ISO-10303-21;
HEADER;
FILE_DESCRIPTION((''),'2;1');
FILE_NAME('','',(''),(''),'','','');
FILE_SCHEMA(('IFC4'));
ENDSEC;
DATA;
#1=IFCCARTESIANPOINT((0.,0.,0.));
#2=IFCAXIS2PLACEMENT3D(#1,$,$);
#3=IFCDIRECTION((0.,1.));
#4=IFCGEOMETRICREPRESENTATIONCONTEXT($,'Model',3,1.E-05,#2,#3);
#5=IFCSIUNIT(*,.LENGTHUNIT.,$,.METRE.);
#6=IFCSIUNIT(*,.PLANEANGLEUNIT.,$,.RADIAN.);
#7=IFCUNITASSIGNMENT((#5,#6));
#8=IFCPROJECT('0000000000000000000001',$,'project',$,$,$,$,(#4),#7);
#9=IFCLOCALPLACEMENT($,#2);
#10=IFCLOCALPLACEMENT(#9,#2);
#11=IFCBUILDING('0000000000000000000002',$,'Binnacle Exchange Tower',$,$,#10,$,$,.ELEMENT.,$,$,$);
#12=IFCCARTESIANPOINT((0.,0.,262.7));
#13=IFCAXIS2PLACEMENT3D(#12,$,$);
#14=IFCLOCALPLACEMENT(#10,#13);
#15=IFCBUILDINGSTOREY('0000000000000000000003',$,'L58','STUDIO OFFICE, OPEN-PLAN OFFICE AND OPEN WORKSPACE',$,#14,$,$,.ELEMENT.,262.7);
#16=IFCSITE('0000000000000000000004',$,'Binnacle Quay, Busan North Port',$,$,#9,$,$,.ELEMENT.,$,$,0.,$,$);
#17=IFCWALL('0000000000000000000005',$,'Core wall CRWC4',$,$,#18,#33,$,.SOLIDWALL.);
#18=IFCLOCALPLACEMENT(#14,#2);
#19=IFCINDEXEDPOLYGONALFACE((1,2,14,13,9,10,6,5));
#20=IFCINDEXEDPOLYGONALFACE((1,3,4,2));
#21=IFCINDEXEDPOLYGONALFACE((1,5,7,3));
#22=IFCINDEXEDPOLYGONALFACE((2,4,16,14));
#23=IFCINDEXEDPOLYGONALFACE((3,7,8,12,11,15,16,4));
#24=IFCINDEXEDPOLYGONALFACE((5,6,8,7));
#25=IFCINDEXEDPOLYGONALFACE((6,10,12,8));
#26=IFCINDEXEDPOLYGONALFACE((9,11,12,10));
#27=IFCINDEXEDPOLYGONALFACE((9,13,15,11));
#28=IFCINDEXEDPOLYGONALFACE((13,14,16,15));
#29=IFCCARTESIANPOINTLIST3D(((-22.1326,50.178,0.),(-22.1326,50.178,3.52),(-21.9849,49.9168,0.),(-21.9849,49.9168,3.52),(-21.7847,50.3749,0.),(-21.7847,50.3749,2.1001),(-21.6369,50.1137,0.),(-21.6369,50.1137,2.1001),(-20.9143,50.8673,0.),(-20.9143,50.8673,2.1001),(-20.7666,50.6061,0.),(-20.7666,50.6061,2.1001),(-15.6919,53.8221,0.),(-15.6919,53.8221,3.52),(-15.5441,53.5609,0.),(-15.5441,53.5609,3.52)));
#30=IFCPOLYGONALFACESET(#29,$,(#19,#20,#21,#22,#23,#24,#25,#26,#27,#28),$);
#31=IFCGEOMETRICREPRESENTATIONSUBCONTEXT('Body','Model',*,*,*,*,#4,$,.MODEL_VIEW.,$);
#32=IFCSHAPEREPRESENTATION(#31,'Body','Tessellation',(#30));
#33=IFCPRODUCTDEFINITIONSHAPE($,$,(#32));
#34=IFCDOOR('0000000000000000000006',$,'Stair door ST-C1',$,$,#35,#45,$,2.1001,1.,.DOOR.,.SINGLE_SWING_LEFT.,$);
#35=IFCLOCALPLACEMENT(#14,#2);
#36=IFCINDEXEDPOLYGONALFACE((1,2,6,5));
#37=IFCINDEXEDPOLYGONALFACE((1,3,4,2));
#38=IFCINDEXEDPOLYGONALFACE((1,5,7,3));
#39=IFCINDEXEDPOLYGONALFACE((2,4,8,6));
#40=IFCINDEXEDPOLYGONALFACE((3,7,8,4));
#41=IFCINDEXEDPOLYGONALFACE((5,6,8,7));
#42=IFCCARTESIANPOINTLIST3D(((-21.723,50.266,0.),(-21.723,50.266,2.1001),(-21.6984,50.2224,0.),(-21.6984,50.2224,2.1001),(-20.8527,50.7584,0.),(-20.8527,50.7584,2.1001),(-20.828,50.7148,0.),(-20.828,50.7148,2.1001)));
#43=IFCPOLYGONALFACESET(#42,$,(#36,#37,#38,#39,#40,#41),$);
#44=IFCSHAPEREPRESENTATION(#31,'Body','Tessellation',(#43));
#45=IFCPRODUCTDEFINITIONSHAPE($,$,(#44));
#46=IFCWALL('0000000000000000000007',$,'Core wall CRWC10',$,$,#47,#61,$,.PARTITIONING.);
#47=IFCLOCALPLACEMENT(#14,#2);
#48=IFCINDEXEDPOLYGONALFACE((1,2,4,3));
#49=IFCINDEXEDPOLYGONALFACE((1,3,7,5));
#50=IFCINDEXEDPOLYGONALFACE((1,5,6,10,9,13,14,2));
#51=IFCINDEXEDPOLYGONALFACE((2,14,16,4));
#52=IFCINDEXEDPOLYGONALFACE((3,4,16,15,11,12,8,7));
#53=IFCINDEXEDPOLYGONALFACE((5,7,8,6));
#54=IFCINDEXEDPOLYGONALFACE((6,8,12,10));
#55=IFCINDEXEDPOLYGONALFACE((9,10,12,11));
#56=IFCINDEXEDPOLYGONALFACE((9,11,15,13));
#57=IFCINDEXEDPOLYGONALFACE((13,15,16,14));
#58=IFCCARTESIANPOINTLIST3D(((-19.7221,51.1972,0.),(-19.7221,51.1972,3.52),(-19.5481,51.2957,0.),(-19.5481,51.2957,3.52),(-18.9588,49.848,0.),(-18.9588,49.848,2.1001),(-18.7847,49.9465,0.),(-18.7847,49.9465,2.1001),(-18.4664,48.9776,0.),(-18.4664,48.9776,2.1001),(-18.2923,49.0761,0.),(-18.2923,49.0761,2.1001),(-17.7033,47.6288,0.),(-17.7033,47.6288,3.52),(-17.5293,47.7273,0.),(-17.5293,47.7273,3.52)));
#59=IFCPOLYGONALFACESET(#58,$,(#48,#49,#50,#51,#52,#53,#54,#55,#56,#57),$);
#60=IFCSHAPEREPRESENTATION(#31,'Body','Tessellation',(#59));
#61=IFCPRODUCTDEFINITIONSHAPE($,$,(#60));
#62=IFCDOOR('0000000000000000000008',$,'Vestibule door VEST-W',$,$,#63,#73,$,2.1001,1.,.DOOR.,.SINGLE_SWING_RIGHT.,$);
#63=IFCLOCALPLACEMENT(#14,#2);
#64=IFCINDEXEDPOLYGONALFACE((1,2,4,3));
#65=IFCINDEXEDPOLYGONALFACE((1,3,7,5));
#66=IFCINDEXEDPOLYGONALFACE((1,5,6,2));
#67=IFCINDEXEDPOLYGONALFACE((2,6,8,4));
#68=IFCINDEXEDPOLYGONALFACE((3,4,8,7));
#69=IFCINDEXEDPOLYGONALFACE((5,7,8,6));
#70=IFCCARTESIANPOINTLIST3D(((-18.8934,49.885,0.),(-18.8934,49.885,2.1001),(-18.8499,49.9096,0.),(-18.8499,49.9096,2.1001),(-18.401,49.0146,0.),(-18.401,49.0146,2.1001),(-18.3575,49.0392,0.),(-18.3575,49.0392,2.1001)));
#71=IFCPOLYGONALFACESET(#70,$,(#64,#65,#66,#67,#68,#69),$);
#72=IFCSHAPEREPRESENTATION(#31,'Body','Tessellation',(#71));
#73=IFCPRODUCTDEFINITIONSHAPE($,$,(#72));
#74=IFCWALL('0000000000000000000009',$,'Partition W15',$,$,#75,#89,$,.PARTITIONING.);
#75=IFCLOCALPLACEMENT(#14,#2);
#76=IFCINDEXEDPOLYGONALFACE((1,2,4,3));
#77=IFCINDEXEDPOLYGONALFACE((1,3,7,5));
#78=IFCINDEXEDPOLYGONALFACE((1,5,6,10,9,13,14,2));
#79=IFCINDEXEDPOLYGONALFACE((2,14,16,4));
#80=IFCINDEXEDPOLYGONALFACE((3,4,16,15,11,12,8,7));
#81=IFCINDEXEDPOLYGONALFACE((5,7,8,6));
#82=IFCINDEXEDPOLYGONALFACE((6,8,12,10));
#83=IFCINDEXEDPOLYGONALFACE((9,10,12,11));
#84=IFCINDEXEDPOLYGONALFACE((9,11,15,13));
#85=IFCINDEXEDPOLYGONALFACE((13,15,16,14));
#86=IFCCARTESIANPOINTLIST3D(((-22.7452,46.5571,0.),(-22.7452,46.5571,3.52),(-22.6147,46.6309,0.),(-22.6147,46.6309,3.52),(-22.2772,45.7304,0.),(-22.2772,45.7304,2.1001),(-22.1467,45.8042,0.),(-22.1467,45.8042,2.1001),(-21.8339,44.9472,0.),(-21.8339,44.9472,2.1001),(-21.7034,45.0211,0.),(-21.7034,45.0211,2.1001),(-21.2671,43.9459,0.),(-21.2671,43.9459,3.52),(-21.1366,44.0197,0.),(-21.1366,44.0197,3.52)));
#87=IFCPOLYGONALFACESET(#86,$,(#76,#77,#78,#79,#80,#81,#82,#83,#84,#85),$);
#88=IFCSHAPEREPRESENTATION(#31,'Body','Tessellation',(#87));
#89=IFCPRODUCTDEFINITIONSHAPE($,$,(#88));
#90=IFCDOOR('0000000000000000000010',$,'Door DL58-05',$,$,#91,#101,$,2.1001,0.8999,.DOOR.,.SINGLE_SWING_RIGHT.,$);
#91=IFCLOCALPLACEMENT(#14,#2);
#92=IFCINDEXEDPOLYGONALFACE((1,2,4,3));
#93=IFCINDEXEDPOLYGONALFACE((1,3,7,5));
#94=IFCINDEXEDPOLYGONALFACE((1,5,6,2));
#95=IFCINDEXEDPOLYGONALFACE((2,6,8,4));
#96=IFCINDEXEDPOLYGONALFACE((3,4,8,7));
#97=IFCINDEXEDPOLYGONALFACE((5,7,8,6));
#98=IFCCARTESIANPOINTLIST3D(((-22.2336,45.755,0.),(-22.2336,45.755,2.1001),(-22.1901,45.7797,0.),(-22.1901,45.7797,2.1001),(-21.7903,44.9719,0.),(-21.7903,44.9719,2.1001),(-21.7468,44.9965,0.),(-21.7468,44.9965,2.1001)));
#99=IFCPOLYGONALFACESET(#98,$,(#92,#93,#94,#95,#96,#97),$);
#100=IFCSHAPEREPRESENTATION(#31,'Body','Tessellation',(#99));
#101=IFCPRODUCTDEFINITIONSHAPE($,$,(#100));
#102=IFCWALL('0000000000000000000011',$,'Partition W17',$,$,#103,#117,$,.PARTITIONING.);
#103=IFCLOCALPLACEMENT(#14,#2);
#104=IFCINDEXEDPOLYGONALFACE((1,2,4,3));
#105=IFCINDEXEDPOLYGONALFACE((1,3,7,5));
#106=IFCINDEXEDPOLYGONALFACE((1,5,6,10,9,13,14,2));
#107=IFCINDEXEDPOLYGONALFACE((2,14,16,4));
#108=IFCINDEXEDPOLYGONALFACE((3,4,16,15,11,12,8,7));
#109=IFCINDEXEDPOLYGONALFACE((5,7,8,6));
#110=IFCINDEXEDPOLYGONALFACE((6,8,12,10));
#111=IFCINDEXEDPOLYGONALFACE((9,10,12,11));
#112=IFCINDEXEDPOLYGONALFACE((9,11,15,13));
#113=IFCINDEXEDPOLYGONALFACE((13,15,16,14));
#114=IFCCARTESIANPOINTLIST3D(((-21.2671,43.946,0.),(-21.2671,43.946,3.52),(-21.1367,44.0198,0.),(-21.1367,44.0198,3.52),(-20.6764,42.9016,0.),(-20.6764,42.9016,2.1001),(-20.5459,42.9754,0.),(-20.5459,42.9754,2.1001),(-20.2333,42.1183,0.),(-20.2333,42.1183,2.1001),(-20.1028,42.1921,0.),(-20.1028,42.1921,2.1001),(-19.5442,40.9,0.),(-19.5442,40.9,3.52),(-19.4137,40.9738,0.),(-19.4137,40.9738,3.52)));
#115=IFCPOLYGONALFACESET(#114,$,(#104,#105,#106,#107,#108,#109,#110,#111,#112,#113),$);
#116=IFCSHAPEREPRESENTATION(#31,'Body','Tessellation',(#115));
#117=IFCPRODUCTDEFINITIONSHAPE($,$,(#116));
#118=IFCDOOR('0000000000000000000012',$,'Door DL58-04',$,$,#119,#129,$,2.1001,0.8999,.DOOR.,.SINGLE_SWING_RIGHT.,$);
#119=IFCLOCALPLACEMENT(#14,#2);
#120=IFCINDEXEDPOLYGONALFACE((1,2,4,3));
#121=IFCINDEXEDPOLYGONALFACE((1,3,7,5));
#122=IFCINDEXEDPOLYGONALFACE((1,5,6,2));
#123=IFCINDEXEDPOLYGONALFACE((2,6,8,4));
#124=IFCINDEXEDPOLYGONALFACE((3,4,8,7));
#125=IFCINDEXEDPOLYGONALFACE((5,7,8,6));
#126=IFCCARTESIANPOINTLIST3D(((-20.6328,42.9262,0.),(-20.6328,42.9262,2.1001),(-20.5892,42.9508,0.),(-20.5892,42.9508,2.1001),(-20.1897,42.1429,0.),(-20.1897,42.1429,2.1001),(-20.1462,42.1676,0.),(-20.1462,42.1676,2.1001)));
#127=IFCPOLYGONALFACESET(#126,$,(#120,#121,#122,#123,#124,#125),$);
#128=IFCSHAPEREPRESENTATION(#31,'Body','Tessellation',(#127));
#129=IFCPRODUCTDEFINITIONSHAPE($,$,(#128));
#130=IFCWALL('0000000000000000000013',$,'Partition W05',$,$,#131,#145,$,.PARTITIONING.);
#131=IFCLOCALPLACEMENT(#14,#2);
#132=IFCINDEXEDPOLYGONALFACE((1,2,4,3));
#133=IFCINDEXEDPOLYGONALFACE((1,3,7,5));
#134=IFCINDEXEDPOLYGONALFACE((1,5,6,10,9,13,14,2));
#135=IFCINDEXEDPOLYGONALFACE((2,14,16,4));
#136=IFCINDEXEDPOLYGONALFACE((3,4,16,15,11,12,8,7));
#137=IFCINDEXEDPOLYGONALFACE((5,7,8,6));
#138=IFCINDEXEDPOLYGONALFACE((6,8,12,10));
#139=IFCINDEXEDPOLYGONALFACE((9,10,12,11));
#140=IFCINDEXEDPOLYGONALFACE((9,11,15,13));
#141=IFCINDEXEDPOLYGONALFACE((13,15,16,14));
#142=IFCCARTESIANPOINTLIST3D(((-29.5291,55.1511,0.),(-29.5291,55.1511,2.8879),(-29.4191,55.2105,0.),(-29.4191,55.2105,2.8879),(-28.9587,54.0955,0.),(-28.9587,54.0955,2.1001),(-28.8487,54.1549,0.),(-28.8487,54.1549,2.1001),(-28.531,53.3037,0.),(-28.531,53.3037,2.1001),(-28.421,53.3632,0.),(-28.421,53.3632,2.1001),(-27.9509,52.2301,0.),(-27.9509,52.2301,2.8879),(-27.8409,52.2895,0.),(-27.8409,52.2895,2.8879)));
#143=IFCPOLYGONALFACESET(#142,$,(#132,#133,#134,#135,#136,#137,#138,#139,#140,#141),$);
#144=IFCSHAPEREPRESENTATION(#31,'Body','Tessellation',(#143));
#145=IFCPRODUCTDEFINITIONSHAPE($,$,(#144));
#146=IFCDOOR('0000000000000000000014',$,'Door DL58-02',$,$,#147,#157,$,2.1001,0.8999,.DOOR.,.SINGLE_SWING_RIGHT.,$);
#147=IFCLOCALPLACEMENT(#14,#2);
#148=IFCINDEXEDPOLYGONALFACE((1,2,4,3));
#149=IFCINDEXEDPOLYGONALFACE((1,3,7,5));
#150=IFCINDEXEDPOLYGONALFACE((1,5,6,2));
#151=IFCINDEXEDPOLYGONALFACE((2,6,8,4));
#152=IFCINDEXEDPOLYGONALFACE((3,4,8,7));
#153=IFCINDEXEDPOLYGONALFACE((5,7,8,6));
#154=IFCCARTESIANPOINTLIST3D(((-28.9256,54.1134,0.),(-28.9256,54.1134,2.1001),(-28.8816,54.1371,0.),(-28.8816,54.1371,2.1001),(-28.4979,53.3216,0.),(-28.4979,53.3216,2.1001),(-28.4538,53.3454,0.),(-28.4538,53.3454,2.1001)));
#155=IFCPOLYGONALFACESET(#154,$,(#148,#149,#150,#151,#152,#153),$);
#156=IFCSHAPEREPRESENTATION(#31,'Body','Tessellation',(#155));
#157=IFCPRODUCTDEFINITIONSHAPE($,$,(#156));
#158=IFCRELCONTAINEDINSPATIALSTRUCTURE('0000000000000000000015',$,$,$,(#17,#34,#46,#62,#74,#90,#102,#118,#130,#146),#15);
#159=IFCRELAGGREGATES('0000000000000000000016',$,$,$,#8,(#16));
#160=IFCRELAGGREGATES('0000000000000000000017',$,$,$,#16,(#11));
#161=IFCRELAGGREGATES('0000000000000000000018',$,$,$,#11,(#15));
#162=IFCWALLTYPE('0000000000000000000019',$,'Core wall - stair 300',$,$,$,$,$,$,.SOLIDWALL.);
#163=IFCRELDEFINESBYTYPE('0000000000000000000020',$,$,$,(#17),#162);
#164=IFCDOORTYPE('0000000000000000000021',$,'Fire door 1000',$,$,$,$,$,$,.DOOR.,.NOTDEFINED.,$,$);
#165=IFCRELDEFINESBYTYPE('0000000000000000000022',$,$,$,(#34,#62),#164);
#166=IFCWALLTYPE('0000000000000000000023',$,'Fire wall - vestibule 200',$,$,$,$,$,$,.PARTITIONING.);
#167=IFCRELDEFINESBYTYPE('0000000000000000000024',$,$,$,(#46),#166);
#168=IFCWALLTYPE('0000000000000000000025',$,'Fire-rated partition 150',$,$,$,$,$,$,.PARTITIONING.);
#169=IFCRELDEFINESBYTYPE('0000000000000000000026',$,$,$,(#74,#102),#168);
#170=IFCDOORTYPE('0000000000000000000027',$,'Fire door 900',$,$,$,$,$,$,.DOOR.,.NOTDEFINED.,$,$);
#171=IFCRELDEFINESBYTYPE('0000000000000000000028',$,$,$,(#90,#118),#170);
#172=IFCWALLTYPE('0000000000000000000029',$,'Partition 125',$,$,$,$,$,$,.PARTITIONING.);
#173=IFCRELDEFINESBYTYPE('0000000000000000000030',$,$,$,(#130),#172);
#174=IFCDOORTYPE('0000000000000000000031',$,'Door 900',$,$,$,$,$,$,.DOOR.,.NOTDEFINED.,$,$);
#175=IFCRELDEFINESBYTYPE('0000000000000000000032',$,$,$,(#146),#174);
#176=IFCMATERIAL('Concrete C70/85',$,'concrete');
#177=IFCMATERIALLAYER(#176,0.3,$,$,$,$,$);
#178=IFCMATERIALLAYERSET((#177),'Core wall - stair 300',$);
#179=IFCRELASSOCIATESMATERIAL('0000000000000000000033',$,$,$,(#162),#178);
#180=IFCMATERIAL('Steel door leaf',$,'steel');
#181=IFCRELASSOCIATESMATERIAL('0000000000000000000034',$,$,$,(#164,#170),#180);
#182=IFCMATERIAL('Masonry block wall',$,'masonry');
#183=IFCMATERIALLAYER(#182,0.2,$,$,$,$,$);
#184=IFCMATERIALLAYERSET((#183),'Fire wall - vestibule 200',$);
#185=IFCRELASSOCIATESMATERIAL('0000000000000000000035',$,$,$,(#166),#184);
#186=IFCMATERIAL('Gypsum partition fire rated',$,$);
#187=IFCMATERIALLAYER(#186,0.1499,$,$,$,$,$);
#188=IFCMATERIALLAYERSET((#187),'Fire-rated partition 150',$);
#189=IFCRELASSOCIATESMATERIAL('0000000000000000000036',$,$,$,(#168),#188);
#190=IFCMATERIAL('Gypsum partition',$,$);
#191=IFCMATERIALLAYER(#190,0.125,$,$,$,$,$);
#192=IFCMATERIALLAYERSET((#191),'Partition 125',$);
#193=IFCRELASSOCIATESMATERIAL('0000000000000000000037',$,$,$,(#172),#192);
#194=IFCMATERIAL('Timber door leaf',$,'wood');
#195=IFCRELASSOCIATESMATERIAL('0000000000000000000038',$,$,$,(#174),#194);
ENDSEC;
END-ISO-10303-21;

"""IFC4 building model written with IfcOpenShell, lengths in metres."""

from ifc_helpers import new_model, si_unit, direction, frame, frame_2d, origin, place, context, subcontext, project, spatial, rectangle, extrude, material, layer, layer_set, type_object, element, fill, save


model = new_model("IFC4")

# Units and contexts
model_context = context("Model", 3, precision=1e-05, world=origin(), true_north=direction((0.0, 1.0)))
body_context = subcontext(model_context, "Body", "Model", "MODEL_VIEW")
ifc_project = project(units=[si_unit("LENGTHUNIT", "METRE"), si_unit("PLANEANGLEUNIT", "RADIAN")], contexts=[model_context])

# Site, building, storey
site_placement = place(None, origin())
site = spatial("IfcSite", under=ifc_project, at=site_placement, Name="Binnacle Quay, Busan North Port", CompositionType="ELEMENT", RefElevation=0.0)
building_placement = place(site_placement, origin())
building = spatial("IfcBuilding", under=site, at=building_placement, Name="Binnacle Exchange Tower", CompositionType="ELEMENT")
storey_placement = place(building_placement, frame((0.0, 0.0, 262.7)))
storey = spatial("IfcBuildingStorey", under=building, at=storey_placement, Name="L58", Description="STUDIO OFFICE, OPEN-PLAN OFFICE AND OPEN WORKSPACE", CompositionType="ELEMENT", Elevation=262.7)

# Shared definitions
ifc_material_1 = material(Name="Concrete C70/85", Category="concrete")
ifc_material_2 = material(Name="Steel door leaf", Category="steel")

# Walls, openings, doors
ifc_layer_1 = layer(ifc_material_1, 0.3)
ifc_layer_set_1 = layer_set([ifc_layer_1], Name="Core wall - stair 300")
wall_type_1 = type_object("IfcWallType", Name="Core wall - stair 300", PredefinedType="SOLIDWALL", material=ifc_layer_set_1)
wall_1_placement = place(storey_placement, frame((-22.0588, 50.0474, 0.0), z_axis=(0.0, 0.0, 1.0), x_axis=(0.870351, 0.492432, 0.0)))
wall_1 = element("IfcWall", 1, at=wall_1_placement, inside=storey, type_object=wall_type_1, Name="Core wall CRWC4", PredefinedType="SOLIDWALL", context=body_context, shape_type="SweptSolid", body=[
    extrude(rectangle(XDim=7.4001, YDim=0.3, at=frame_2d((3.7002, 0.0))), origin(), (0.0, 0.0, 1.0), 3.52),
])
opening_1_placement = place(wall_1_placement, frame((0.3999, 0.0, 0.0)))
opening_1 = element("IfcOpeningElement", 2, at=opening_1_placement, cuts=wall_1, PredefinedType="OPENING", context=body_context, shape_type="SweptSolid", body=[
    extrude(rectangle(XDim=1.0, YDim=2.1001, at=frame_2d((0.5, 1.05))), frame((0.0, 0.1599, 0.0), z_axis=(0.0, -1.0, 0.0), x_axis=(1.0, 0.0, 0.0)), (0.0, 0.0, 1.0), 0.3201),
])
door_type_1 = type_object("IfcDoorType", Name="Fire door 1000", OperationType="NOTDEFINED", PredefinedType="DOOR", material=ifc_material_2)
door_1_placement = place(opening_1_placement, origin())
door_1 = element("IfcDoor", 3, at=door_1_placement, inside=storey, type_object=door_type_1, Name="Stair door ST-C1", OperationType="SINGLE_SWING_LEFT", OverallHeight=2.1001, OverallWidth=1.0, PredefinedType="DOOR", context=body_context, shape_type="SweptSolid", body=[
    extrude(rectangle(XDim=1.0, YDim=2.1001, at=frame_2d((0.5, 1.05))), frame((0.0, 0.0249, 0.0), z_axis=(0.0, -1.0, 0.0), x_axis=(1.0, 0.0, 0.0)), (0.0, 0.0, 1.0), 0.05),
])
fill(opening_1, door_1)
ifc_material_3 = material(Name="Masonry block wall", Category="masonry")
ifc_layer_2 = layer(ifc_material_3, 0.2)
ifc_layer_set_2 = layer_set([ifc_layer_2], Name="Fire wall - vestibule 200")
wall_type_2 = type_object("IfcWallType", Name="Fire wall - vestibule 200", PredefinedType="PARTITIONING", material=ifc_layer_set_2)
wall_2_placement = place(storey_placement, frame((-19.635, 51.2463, 0.0), z_axis=(0.0, 0.0, 1.0), x_axis=(0.492408, -0.870364, 0.0)))
wall_2 = element("IfcWall", 4, at=wall_2_placement, inside=storey, type_object=wall_type_2, Name="Core wall CRWC10", PredefinedType="PARTITIONING", context=body_context, shape_type="SweptSolid", body=[
    extrude(rectangle(XDim=4.0999, YDim=0.2, at=frame_2d((2.0498, 0.0))), origin(), (0.0, 0.0, 1.0), 3.52),
])
opening_2_placement = place(wall_2_placement, frame((1.55, 0.0, 0.0)))
opening_2 = element("IfcOpeningElement", 5, at=opening_2_placement, cuts=wall_2, PredefinedType="OPENING", context=body_context, shape_type="SweptSolid", body=[
    extrude(rectangle(XDim=1.0, YDim=2.1001, at=frame_2d((0.5, 1.05))), frame((0.0, 0.1099, 0.0), z_axis=(0.0, -1.0, 0.0), x_axis=(1.0, 0.0, 0.0)), (0.0, 0.0, 1.0), 0.22),
])
door_2_placement = place(opening_2_placement, frame((1.0, 0.0, 0.0), z_axis=(0.0, 0.0, 1.0), x_axis=(-1.0, 0.0, 0.0)))
door_2 = element("IfcDoor", 6, at=door_2_placement, inside=storey, type_object=door_type_1, Name="Vestibule door VEST-W", OperationType="SINGLE_SWING_RIGHT", OverallHeight=2.1001, OverallWidth=1.0, PredefinedType="DOOR", context=body_context, shape_type="SweptSolid", body=[
    extrude(rectangle(XDim=1.0, YDim=2.1001, at=frame_2d((0.5, 1.05))), frame((0.0, 0.0249, 0.0), z_axis=(0.0, -1.0, 0.0), x_axis=(1.0, 0.0, 0.0)), (0.0, 0.0, 1.0), 0.05),
])
fill(opening_2, door_2)
ifc_material_4 = material(Name="Gypsum partition fire rated")
ifc_layer_3 = layer(ifc_material_4, 0.1499)
ifc_layer_set_3 = layer_set([ifc_layer_3], Name="Fire-rated partition 150")
wall_type_3 = type_object("IfcWallType", Name="Fire-rated partition 150", PredefinedType="PARTITIONING", material=ifc_layer_set_3)
wall_3_placement = place(storey_placement, frame((-22.6799, 46.594, 0.0), z_axis=(0.0, 0.0, 1.0), x_axis=(0.492612, -0.870249, 0.0)))
wall_3 = element("IfcWall", 7, at=wall_3_placement, inside=storey, type_object=wall_type_3, Name="Partition W15", PredefinedType="PARTITIONING", context=body_context, shape_type="SweptSolid", body=[
    extrude(rectangle(XDim=3.0005, YDim=0.1499, at=frame_2d((1.5002, 0.0))), origin(), (0.0, 0.0, 1.0), 3.52),
])
opening_3_placement = place(wall_3_placement, frame((0.95, 0.0, 0.0)))
opening_3 = element("IfcOpeningElement", 8, at=opening_3_placement, cuts=wall_3, PredefinedType="OPENING", context=body_context, shape_type="SweptSolid", body=[
    extrude(rectangle(XDim=0.8999, YDim=2.1001, at=frame_2d((0.45, 1.05))), frame((0.0, 0.085, 0.0), z_axis=(0.0, -1.0, 0.0), x_axis=(1.0, 0.0, 0.0)), (0.0, 0.0, 1.0), 0.1699),
])
door_type_2 = type_object("IfcDoorType", Name="Fire door 900", OperationType="NOTDEFINED", PredefinedType="DOOR", material=ifc_material_2)
door_3_placement = place(opening_3_placement, frame((0.8999, 0.0, 0.0), z_axis=(0.0, 0.0, 1.0), x_axis=(-1.0, 0.0, 0.0)))
door_3 = element("IfcDoor", 9, at=door_3_placement, inside=storey, type_object=door_type_2, Name="Door DL58-05", OperationType="SINGLE_SWING_RIGHT", OverallHeight=2.1001, OverallWidth=0.8999, PredefinedType="DOOR", context=body_context, shape_type="SweptSolid", body=[
    extrude(rectangle(XDim=0.8999, YDim=2.1001, at=frame_2d((0.45, 1.05))), frame((0.0, 0.0249, 0.0), z_axis=(0.0, -1.0, 0.0), x_axis=(1.0, 0.0, 0.0)), (0.0, 0.0, 1.0), 0.05),
])
fill(opening_3, door_3)
wall_4_placement = place(storey_placement, frame((-21.2019, 43.9829, 0.0), z_axis=(0.0, 0.0, 1.0), x_axis=(0.49234, -0.870403, 0.0)))
wall_4 = element("IfcWall", 10, at=wall_4_placement, inside=storey, type_object=wall_type_3, Name="Partition W17", PredefinedType="PARTITIONING", context=body_context, shape_type="SweptSolid", body=[
    extrude(rectangle(XDim=3.4995, YDim=0.1499, at=frame_2d((1.7498, 0.0))), origin(), (0.0, 0.0, 1.0), 3.52),
])
opening_4_placement = place(wall_4_placement, frame((1.2, 0.0, 0.0)))
opening_4 = element("IfcOpeningElement", 11, at=opening_4_placement, cuts=wall_4, PredefinedType="OPENING", context=body_context, shape_type="SweptSolid", body=[
    extrude(rectangle(XDim=0.8999, YDim=2.1001, at=frame_2d((0.45, 1.05))), frame((0.0, 0.085, 0.0), z_axis=(0.0, -1.0, 0.0), x_axis=(1.0, 0.0, 0.0)), (0.0, 0.0, 1.0), 0.1699),
])
door_4_placement = place(opening_4_placement, frame((0.8999, 0.0, 0.0), z_axis=(0.0, 0.0, 1.0), x_axis=(-1.0, 0.0, 0.0)))
door_4 = element("IfcDoor", 12, at=door_4_placement, inside=storey, type_object=door_type_2, Name="Door DL58-04", OperationType="SINGLE_SWING_RIGHT", OverallHeight=2.1001, OverallWidth=0.8999, PredefinedType="DOOR", context=body_context, shape_type="SweptSolid", body=[
    extrude(rectangle(XDim=0.8999, YDim=2.1001, at=frame_2d((0.45, 1.05))), frame((0.0, 0.0249, 0.0), z_axis=(0.0, -1.0, 0.0), x_axis=(1.0, 0.0, 0.0)), (0.0, 0.0, 1.0), 0.05),
])
fill(opening_4, door_4)
ifc_material_5 = material(Name="Gypsum partition")
ifc_layer_4 = layer(ifc_material_5, 0.125)
ifc_layer_set_4 = layer_set([ifc_layer_4], Name="Partition 125")
wall_type_4 = type_object("IfcWallType", Name="Partition 125", PredefinedType="PARTITIONING", material=ifc_layer_set_4)
wall_5_placement = place(storey_placement, frame((-29.4741, 55.1809, 0.0), z_axis=(0.0, 0.0, 1.0), x_axis=(0.475345, -0.8798, 0.0)))
wall_5 = element("IfcWall", 13, at=wall_5_placement, inside=storey, type_object=wall_type_4, Name="Partition W05", PredefinedType="PARTITIONING", context=body_context, shape_type="SweptSolid", body=[
    extrude(rectangle(XDim=3.3201, YDim=0.125, at=frame_2d((1.6602, 0.0))), origin(), (0.0, 0.0, 1.0), 2.8879),
])
opening_5_placement = place(wall_5_placement, frame((1.2, 0.0, 0.0)))
opening_5 = element("IfcOpeningElement", 14, at=opening_5_placement, cuts=wall_5, PredefinedType="OPENING", context=body_context, shape_type="SweptSolid", body=[
    extrude(rectangle(XDim=0.8999, YDim=2.1001, at=frame_2d((0.45, 1.05))), frame((0.0, 0.0725, 0.0), z_axis=(0.0, -1.0, 0.0), x_axis=(1.0, 0.0, 0.0)), (0.0, 0.0, 1.0), 0.145),
])
ifc_material_6 = material(Name="Timber door leaf", Category="wood")
door_type_3 = type_object("IfcDoorType", Name="Door 900", OperationType="NOTDEFINED", PredefinedType="DOOR", material=ifc_material_6)
door_5_placement = place(opening_5_placement, frame((0.8999, 0.0, 0.0), z_axis=(0.0, 0.0, 1.0), x_axis=(-1.0, 0.0, 0.0)))
door_5 = element("IfcDoor", 15, at=door_5_placement, inside=storey, type_object=door_type_3, Name="Door DL58-02", OperationType="SINGLE_SWING_RIGHT", OverallHeight=2.1001, OverallWidth=0.8999, PredefinedType="DOOR", context=body_context, shape_type="SweptSolid", body=[
    extrude(rectangle(XDim=0.8999, YDim=2.1001, at=frame_2d((0.45, 1.05))), frame((0.0, 0.0249, 0.0), z_axis=(0.0, -1.0, 0.0), x_axis=(1.0, 0.0, 0.0)), (0.0, 0.0, 1.0), 0.05),
])
fill(opening_5, door_5)

save(model, "model.ifc")
